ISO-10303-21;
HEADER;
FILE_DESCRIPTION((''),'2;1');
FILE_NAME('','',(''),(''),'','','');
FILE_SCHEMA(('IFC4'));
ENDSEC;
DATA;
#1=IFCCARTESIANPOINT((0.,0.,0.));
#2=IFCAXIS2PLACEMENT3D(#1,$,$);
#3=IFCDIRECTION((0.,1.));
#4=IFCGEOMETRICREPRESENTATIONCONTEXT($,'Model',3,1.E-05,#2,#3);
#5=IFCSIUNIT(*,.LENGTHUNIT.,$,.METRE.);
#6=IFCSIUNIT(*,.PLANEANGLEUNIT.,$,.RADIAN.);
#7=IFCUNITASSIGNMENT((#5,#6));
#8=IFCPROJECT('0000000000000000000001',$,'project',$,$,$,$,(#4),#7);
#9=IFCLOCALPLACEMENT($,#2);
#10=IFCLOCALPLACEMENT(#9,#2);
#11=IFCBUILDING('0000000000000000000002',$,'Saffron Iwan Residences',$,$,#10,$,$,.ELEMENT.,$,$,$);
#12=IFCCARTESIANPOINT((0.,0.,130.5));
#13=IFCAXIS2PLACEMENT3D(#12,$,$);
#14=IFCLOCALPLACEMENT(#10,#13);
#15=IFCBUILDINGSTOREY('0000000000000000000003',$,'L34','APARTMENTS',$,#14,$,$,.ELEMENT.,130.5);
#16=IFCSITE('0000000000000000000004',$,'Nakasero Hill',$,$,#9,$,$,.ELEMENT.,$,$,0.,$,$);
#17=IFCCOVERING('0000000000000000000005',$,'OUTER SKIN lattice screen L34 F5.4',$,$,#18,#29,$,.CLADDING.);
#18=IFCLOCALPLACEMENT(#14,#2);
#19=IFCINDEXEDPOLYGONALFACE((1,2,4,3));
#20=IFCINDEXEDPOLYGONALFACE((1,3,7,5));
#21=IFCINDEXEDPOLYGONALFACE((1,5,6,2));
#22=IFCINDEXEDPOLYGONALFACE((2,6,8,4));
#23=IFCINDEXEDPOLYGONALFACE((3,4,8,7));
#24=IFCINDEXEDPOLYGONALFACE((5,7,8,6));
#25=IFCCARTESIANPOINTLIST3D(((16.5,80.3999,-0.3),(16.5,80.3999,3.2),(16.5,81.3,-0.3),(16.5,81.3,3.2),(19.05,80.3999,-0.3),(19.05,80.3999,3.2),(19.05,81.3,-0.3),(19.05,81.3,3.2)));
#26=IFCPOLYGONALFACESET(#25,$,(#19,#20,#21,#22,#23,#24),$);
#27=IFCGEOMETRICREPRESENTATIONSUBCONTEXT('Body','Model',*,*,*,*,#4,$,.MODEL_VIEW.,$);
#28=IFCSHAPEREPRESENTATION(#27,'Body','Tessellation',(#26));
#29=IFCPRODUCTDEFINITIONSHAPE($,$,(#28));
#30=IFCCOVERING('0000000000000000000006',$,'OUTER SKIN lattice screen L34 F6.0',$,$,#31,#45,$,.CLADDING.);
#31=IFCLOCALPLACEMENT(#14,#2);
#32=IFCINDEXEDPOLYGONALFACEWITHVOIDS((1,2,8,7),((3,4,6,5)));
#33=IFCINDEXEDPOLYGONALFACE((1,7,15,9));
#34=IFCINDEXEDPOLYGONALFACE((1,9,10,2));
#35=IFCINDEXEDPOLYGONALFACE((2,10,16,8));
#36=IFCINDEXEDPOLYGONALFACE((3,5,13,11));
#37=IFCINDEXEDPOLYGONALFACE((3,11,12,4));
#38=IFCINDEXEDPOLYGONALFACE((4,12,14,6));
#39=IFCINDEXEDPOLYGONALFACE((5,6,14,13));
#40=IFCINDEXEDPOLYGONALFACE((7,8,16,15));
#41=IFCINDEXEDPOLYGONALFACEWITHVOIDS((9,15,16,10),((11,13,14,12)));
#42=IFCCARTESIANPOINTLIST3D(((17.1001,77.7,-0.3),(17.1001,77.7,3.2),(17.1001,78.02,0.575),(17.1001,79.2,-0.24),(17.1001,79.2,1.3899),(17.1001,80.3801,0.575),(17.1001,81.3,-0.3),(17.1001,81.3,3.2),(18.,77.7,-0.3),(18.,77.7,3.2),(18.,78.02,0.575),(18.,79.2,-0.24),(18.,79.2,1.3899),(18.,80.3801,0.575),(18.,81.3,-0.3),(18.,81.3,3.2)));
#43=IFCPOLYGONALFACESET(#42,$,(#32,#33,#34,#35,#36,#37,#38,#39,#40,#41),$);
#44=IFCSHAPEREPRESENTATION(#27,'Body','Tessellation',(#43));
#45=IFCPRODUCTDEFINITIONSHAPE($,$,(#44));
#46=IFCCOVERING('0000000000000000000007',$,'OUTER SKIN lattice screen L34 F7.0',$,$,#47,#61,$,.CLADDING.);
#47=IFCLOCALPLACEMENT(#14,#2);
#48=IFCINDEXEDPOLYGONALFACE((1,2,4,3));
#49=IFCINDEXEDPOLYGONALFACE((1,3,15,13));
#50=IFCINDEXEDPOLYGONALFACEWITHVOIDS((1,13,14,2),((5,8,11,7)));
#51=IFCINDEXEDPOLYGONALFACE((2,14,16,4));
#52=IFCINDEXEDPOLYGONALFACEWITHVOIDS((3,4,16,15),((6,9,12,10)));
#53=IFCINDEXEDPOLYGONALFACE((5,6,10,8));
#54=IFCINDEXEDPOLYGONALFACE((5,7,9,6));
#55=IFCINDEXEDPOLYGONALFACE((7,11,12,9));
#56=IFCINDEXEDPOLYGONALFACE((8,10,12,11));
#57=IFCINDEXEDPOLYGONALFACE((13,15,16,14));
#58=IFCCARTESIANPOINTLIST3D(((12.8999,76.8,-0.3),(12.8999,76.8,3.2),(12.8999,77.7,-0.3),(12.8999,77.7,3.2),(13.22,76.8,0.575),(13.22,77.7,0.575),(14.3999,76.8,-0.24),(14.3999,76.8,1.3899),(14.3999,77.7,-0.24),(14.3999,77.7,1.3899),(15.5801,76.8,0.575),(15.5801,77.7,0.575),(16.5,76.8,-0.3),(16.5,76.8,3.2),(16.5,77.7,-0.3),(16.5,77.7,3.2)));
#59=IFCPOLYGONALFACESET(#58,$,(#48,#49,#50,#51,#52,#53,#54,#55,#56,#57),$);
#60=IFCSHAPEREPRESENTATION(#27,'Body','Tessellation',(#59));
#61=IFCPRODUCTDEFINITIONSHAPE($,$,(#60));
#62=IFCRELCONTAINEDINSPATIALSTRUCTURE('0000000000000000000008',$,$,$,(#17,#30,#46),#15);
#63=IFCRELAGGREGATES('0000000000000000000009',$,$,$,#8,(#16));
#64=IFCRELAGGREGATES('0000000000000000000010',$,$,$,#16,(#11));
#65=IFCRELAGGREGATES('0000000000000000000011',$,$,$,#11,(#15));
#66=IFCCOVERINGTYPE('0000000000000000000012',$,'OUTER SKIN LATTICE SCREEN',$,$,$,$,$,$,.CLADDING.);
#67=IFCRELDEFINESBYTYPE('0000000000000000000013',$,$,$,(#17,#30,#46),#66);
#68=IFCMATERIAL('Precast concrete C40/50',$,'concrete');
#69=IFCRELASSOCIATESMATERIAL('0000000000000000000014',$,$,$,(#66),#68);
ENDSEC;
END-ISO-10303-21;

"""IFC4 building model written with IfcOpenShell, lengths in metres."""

from ifc_helpers import new_model, si_unit, direction, frame, origin, place, context, subcontext, project, spatial, polyline, outline, extrude, material, type_object, element, save


model = new_model("IFC4")

# Units and contexts
model_context = context("Model", 3, precision=1e-05, world=origin(), true_north=direction((0.0, 1.0)))
body_context = subcontext(model_context, "Body", "Model", "MODEL_VIEW")
ifc_project = project(units=[si_unit("LENGTHUNIT", "METRE"), si_unit("PLANEANGLEUNIT", "RADIAN")], contexts=[model_context])

# Site, building, storey
site_placement = place(None, origin())
site = spatial("IfcSite", under=ifc_project, at=site_placement, Name="Nakasero Hill", CompositionType="ELEMENT", RefElevation=0.0)
building_placement = place(site_placement, origin())
building = spatial("IfcBuilding", under=site, at=building_placement, Name="Saffron Iwan Residences", CompositionType="ELEMENT")
storey_placement = place(building_placement, frame((0.0, 0.0, 130.5)))
storey = spatial("IfcBuildingStorey", under=building, at=storey_placement, Name="L34", Description="APARTMENTS", CompositionType="ELEMENT", Elevation=130.5)

# Coverings
ifc_material_1 = material(Name="Precast concrete C40/50", Category="concrete")
covering_type = type_object("IfcCoveringType", Name="OUTER SKIN LATTICE SCREEN", PredefinedType="CLADDING", material=ifc_material_1)
covering_placement = place(storey_placement, frame((19.05, 80.3999, -0.3), z_axis=(0.0, 1.0, 0.0), x_axis=(-1.0, 0.0, 0.0)))
element("IfcCovering", 1, at=covering_placement, inside=storey, type_object=covering_type, Name="OUTER SKIN lattice screen L34 F5.4", PredefinedType="CLADDING", context=body_context, shape_type="SweptSolid", body=[
    extrude(outline(polyline([(0.0, 0.0), (2.55, 0.0), (2.55, 3.5), (0.0, 3.5), (0.0, 0.0)])), origin(), (0.0, 0.0, 1.0), 0.9001),
])
for number, where, z_axis, x_axis, name in (
    (2, (18.0, 81.3, -0.3), (-1.0, 0.0, 0.0), (0.0, -1.0, 0.0), "OUTER SKIN lattice screen L34 F6.0"),
    (3, (16.5, 76.8, -0.3), (0.0, 1.0, 0.0), (-1.0, 0.0, 0.0), "OUTER SKIN lattice screen L34 F7.0"),
):
    element("IfcCovering", number, at=place(storey_placement, frame(where, z_axis=z_axis, x_axis=x_axis)), inside=storey, type_object=covering_type, Name=name, PredefinedType="CLADDING", context=body_context, shape_type="SweptSolid", body=[
        extrude(outline(polyline([(0.0, 0.0), (3.6001, 0.0), (3.6001, 3.5), (0.0, 3.5), (0.0, 0.0)]), holes=[polyline([(0.9199, 0.875), (2.1001, 0.0601), (3.28, 0.875), (2.1001, 1.6899), (0.9199, 0.875)])]), origin(), (0.0, 0.0, 1.0), 0.8999),
    ])

save(model, "model.ifc")
